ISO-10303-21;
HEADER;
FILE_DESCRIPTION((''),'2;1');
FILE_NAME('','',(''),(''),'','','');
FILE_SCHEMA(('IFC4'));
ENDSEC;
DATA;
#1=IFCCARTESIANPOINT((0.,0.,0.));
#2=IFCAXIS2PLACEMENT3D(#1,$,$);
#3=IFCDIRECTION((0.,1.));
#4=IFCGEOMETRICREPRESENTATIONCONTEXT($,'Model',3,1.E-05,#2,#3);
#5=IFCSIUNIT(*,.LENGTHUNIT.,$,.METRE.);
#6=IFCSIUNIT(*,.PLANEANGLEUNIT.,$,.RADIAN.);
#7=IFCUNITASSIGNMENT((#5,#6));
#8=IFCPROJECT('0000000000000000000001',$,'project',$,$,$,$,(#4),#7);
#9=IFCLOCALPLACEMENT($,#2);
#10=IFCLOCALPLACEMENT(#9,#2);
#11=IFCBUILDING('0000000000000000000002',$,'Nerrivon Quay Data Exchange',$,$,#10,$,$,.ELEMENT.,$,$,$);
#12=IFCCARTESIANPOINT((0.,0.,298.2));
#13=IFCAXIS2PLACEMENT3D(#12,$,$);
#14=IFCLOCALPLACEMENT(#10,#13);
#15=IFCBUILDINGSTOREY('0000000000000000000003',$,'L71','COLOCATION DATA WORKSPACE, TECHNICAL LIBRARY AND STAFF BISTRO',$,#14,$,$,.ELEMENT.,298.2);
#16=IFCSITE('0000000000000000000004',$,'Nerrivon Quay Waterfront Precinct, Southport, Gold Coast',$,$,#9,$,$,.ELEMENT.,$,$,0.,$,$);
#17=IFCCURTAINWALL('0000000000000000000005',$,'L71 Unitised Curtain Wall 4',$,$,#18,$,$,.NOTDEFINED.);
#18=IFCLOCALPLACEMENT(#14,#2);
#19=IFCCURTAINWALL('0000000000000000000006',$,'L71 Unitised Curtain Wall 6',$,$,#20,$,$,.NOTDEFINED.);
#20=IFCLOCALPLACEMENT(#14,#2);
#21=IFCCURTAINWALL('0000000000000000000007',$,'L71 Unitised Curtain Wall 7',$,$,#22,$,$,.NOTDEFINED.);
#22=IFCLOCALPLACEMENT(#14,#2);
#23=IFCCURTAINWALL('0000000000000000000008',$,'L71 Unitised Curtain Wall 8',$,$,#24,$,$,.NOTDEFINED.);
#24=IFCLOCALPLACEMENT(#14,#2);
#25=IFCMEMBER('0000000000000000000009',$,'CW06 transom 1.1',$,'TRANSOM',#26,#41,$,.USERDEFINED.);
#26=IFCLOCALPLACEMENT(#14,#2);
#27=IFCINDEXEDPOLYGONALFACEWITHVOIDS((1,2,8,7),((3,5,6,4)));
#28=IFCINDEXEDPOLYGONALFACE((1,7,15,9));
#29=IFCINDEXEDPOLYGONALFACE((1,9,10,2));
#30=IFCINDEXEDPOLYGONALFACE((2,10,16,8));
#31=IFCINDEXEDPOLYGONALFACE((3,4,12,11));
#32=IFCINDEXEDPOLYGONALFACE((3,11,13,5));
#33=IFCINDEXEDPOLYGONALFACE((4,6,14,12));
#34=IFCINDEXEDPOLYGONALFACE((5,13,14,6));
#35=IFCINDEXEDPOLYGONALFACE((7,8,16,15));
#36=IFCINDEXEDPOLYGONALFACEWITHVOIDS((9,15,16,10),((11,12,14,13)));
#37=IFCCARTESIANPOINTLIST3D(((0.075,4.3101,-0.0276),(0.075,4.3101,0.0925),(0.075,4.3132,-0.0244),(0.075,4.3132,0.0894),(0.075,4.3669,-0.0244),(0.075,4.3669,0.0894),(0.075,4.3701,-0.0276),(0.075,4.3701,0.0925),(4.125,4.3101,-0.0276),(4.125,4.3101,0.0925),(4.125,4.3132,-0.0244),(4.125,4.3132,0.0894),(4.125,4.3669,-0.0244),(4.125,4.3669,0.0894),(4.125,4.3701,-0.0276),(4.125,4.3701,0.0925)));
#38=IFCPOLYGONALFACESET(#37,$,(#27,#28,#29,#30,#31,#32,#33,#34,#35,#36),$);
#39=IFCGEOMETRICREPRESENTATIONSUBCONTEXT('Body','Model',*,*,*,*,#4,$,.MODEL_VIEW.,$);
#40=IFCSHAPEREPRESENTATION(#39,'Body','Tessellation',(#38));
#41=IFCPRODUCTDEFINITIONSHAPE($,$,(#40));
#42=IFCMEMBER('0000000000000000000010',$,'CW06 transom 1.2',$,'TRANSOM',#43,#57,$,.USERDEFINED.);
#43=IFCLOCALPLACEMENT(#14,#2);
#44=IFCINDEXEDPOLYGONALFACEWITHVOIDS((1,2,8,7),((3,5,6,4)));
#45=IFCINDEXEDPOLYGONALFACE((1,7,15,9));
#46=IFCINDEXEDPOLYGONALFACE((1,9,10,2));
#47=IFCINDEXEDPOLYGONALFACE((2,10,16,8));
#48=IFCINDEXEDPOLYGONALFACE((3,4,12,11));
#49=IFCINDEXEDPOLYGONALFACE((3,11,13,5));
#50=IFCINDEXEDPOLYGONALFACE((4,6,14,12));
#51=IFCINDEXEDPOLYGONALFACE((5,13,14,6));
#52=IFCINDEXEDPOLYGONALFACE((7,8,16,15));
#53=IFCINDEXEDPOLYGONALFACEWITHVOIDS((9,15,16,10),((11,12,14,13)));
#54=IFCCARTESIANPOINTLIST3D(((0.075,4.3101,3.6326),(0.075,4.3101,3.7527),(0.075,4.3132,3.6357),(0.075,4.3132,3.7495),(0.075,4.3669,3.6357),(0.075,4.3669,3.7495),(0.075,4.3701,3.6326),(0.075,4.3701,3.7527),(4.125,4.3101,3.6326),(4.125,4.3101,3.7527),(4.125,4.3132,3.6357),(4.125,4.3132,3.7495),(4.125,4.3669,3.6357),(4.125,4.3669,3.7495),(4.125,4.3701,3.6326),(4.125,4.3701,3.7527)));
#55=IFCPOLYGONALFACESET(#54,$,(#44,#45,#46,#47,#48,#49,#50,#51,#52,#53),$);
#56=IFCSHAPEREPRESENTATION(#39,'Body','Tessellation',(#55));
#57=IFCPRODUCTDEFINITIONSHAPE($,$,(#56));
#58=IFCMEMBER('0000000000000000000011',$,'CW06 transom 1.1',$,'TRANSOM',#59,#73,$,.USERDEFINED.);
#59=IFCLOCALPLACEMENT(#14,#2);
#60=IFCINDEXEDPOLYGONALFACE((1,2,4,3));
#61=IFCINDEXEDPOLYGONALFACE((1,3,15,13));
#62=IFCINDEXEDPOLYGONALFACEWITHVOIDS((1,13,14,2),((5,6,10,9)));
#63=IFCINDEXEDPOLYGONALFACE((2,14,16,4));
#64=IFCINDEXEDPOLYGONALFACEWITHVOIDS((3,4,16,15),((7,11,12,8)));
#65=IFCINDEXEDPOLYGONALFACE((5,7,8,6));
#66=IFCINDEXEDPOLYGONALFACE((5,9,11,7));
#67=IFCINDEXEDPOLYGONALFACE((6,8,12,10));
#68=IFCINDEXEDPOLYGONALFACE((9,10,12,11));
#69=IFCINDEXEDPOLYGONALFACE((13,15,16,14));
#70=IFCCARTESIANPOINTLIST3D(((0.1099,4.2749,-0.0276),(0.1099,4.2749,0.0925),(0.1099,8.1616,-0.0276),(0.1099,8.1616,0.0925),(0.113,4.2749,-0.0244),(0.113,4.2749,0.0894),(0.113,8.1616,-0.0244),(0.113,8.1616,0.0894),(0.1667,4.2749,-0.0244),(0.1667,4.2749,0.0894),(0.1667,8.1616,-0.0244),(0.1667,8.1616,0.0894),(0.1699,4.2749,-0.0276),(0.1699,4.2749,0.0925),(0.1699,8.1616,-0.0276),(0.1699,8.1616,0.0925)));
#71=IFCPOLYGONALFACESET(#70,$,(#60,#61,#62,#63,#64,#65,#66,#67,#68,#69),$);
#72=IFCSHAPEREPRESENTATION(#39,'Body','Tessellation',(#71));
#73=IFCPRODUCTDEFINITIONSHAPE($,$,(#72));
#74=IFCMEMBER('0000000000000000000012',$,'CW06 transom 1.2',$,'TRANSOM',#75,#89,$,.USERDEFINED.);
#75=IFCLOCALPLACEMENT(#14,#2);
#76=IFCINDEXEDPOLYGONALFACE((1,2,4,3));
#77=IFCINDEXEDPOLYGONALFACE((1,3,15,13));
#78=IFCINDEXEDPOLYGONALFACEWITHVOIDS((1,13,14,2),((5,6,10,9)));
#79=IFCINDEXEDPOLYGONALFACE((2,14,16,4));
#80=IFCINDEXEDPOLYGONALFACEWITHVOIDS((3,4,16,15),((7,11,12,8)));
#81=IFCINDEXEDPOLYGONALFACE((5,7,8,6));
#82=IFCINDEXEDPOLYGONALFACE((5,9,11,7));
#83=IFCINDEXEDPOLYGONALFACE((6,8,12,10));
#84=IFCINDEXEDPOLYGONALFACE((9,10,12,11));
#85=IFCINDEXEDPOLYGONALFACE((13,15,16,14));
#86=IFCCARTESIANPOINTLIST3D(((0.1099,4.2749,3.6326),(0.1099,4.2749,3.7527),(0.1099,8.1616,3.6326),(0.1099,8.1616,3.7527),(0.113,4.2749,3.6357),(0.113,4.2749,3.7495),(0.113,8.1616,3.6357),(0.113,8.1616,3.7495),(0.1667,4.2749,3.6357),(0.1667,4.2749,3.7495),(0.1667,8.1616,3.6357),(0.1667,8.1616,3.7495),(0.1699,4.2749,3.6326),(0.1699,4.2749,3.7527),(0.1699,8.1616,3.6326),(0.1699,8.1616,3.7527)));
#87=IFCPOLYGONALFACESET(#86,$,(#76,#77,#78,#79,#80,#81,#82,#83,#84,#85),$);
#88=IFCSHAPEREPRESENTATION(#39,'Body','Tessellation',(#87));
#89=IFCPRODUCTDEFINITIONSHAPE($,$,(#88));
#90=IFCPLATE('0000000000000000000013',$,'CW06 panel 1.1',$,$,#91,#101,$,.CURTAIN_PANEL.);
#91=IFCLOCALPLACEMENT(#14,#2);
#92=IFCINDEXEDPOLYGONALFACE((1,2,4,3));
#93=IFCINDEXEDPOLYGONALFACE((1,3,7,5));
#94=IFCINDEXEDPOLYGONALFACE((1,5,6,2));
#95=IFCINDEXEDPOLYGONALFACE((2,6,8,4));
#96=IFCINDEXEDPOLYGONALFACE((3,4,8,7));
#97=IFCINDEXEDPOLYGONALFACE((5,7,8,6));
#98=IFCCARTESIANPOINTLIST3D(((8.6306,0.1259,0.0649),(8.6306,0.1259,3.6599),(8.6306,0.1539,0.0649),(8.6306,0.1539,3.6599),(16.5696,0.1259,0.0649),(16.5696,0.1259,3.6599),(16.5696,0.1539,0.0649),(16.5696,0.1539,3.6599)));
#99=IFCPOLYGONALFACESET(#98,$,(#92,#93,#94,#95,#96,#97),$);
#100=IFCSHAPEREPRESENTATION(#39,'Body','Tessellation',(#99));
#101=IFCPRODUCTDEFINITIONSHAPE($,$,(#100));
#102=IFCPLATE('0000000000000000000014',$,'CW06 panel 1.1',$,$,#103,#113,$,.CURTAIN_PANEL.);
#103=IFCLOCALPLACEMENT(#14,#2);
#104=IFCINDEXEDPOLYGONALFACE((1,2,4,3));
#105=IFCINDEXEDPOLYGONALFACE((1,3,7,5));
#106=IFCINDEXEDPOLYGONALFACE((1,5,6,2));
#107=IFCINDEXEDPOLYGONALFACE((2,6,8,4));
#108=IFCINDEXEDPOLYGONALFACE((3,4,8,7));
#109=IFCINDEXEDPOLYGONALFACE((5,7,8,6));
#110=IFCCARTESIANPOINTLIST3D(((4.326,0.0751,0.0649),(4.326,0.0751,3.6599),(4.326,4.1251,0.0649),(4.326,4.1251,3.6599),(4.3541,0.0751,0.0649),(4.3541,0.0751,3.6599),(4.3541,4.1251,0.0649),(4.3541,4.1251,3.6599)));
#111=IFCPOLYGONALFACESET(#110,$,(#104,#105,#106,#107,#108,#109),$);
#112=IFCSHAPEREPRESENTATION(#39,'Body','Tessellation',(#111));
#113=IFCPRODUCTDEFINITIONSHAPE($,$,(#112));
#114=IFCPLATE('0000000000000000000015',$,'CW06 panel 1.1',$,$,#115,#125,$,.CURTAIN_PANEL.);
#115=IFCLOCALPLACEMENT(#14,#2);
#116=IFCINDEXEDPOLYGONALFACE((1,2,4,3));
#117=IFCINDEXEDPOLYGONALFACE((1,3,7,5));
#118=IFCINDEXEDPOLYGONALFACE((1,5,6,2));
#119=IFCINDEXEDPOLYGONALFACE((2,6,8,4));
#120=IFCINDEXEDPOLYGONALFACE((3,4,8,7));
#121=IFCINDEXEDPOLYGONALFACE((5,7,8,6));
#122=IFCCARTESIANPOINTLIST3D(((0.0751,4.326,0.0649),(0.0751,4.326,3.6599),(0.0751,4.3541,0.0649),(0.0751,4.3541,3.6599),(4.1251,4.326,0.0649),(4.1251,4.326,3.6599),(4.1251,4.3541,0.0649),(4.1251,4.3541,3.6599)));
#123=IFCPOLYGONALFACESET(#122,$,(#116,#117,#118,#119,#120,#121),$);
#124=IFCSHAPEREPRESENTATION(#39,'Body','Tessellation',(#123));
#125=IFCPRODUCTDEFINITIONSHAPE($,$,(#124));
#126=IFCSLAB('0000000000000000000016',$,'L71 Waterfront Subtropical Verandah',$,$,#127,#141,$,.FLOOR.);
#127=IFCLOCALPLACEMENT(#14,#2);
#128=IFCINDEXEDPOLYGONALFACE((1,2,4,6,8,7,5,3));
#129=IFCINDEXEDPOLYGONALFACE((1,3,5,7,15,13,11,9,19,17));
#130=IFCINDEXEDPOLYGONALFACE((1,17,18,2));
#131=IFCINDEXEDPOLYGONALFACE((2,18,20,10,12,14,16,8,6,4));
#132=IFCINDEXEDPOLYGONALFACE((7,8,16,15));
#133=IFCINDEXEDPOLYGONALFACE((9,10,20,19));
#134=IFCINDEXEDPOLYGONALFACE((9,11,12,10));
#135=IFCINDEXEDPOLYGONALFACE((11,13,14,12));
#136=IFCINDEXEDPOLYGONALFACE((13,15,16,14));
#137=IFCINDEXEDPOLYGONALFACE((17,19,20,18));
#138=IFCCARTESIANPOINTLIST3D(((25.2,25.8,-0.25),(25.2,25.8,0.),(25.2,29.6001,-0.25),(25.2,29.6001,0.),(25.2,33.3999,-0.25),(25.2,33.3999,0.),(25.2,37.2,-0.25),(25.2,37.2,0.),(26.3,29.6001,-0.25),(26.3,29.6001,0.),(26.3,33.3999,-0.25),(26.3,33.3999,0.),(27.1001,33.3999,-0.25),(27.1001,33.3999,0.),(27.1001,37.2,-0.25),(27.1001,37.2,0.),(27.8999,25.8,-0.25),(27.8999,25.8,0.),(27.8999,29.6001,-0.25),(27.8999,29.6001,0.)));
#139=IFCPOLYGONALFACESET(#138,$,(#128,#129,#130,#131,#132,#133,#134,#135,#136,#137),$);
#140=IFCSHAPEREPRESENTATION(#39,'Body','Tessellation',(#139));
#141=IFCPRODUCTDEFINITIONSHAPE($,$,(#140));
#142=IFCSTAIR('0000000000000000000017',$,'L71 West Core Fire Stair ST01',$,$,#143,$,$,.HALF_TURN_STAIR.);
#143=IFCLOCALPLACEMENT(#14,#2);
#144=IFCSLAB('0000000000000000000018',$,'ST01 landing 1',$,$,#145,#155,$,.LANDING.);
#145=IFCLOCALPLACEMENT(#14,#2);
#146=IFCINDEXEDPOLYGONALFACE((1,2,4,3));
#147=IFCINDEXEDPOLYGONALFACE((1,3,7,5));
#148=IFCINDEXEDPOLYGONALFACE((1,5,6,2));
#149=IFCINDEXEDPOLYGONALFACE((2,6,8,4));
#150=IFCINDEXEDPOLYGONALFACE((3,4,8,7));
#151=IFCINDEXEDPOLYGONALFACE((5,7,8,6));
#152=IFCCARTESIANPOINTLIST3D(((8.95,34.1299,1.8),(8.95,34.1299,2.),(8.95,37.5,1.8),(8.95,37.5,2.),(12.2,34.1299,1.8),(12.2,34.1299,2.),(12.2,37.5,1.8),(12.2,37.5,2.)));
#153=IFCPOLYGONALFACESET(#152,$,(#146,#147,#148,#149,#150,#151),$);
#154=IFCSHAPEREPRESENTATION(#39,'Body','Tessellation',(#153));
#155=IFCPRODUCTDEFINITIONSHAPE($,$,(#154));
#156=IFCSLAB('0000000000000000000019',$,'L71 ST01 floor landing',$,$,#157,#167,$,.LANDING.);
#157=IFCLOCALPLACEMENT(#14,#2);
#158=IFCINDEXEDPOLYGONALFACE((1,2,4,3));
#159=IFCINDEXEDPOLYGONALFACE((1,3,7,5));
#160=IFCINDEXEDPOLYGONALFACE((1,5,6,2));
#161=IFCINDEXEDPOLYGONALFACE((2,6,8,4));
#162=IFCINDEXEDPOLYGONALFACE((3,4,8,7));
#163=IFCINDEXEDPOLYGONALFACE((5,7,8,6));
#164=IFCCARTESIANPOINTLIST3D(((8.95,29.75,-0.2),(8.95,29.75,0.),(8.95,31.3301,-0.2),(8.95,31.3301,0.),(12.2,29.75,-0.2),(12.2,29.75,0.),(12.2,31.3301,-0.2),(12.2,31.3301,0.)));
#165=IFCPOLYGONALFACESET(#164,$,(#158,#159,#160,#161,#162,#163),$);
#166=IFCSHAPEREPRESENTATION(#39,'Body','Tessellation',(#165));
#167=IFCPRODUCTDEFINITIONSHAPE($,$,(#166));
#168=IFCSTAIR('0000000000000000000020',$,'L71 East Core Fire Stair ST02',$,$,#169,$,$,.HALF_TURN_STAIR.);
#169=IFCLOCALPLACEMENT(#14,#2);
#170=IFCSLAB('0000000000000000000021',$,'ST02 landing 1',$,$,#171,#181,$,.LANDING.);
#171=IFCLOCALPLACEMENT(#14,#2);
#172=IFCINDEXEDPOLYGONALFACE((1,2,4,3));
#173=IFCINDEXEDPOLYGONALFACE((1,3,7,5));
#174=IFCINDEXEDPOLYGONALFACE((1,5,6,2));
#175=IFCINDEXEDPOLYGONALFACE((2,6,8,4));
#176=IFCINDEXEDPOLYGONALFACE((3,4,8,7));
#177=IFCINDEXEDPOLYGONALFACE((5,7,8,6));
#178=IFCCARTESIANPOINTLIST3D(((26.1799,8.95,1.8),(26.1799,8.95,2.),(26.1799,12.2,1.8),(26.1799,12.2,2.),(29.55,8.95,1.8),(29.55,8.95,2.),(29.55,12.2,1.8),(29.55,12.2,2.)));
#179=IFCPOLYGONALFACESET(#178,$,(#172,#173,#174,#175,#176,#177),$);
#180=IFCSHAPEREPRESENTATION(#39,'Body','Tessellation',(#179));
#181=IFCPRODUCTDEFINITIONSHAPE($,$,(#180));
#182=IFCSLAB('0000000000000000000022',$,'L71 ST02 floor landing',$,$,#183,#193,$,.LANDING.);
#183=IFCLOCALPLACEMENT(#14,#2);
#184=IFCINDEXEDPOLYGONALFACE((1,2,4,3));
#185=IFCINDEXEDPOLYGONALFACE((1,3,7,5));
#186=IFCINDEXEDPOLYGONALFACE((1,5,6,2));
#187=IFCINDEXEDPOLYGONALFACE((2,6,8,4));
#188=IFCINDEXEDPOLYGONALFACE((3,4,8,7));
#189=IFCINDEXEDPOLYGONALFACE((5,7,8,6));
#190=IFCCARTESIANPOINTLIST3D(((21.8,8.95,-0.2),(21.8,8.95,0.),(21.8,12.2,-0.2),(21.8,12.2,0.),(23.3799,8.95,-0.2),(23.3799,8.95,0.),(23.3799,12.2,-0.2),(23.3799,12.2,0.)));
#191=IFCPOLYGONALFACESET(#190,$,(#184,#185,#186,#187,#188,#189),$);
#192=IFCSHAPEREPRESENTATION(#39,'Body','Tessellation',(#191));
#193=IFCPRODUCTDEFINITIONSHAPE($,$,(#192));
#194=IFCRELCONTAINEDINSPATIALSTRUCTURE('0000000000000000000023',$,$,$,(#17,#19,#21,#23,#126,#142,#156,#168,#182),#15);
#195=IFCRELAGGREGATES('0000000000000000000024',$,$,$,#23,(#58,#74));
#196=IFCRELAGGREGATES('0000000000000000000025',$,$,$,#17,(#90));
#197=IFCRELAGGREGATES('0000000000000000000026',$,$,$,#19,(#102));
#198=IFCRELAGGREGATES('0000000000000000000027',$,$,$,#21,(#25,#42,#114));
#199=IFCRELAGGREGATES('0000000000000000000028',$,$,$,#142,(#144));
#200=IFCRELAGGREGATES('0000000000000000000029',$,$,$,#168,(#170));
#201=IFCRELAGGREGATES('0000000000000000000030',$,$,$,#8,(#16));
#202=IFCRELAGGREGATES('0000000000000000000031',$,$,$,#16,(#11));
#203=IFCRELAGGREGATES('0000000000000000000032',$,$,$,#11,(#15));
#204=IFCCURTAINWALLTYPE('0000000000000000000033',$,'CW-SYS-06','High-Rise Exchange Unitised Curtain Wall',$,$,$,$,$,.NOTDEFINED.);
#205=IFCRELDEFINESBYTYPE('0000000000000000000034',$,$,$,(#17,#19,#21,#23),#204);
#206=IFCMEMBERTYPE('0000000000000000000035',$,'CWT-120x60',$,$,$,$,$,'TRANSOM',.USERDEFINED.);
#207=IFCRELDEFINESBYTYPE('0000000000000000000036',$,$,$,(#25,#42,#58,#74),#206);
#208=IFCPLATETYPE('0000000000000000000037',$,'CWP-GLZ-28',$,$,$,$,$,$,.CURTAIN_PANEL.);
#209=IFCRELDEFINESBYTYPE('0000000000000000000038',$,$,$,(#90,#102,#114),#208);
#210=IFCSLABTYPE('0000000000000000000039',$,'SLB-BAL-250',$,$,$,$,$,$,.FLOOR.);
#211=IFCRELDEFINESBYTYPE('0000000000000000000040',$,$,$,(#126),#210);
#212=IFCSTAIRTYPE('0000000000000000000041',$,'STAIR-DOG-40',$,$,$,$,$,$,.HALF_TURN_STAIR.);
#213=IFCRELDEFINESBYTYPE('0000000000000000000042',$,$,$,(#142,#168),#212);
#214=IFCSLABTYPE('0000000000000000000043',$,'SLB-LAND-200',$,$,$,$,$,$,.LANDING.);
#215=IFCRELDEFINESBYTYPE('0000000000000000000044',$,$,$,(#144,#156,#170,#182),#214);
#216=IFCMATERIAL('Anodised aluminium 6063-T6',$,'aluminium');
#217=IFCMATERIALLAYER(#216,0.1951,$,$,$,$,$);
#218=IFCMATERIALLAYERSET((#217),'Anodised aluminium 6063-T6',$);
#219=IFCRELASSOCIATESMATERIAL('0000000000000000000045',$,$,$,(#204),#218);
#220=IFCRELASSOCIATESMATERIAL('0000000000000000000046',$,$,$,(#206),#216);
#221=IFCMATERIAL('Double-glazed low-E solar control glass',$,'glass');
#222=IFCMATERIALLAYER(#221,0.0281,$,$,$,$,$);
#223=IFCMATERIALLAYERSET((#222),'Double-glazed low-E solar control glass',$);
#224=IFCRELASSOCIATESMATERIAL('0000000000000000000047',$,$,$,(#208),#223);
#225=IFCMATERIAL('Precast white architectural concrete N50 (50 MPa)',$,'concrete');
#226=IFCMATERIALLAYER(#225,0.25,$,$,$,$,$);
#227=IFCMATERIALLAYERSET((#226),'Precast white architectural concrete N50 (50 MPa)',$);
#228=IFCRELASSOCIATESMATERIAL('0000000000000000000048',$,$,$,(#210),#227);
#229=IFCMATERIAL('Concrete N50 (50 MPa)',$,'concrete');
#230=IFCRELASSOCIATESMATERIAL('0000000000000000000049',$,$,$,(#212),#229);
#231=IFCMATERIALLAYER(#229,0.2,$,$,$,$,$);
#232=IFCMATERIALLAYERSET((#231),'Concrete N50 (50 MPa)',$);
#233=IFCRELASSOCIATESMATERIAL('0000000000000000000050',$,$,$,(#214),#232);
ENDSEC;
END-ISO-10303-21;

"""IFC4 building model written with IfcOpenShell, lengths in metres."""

from ifc_helpers import new_model, si_unit, direction, frame, origin, origin_2d, place, context, subcontext, project, spatial, polyline, rectangle, hollow_rectangle, outline, extrude, material, layer, layer_set, material_profile, profile_set, type_object, element, aggregate, save


model = new_model("IFC4")

# Units and contexts
model_context = context("Model", 3, precision=1e-05, world=origin(), true_north=direction((0.0, 1.0)))
body_context = subcontext(model_context, "Body", "Model", "MODEL_VIEW")
ifc_project = project(units=[si_unit("LENGTHUNIT", "METRE"), si_unit("PLANEANGLEUNIT", "RADIAN")], contexts=[model_context])

# Site, building, storey
site_placement = place(None, origin())
site = spatial("IfcSite", under=ifc_project, at=site_placement, Name="Nerrivon Quay Waterfront Precinct, Southport, Gold Coast", CompositionType="ELEMENT", RefElevation=0.0)
building_placement = place(site_placement, origin())
building = spatial("IfcBuilding", under=site, at=building_placement, Name="Nerrivon Quay Data Exchange", CompositionType="ELEMENT")
storey_placement = place(building_placement, frame((0.0, 0.0, 298.2)))
storey = spatial("IfcBuildingStorey", under=building, at=storey_placement, Name="L71", Description="COLOCATION DATA WORKSPACE, TECHNICAL LIBRARY AND STAFF BISTRO", CompositionType="ELEMENT", Elevation=298.2)

# Curtain walls
ifc_material_1 = material(Name="Anodised aluminium 6063-T6", Category="aluminium")
ifc_layer_1 = layer(ifc_material_1, 0.1951)
ifc_layer_set_1 = layer_set([ifc_layer_1], Name="Anodised aluminium 6063-T6")
curtain_wall_type = type_object("IfcCurtainWallType", Name="CW-SYS-06", Description="High-Rise Exchange Unitised Curtain Wall", PredefinedType="NOTDEFINED", material=ifc_layer_set_1)
curtain_wall_1_placement = place(storey_placement, origin())
curtain_wall_1 = element("IfcCurtainWall", 1, at=curtain_wall_1_placement, inside=storey, type_object=curtain_wall_type, Name="L71 Unitised Curtain Wall 4", PredefinedType="NOTDEFINED")
curtain_wall_2_placement = place(storey_placement, origin())
curtain_wall_2 = element("IfcCurtainWall", 2, at=curtain_wall_2_placement, inside=storey, type_object=curtain_wall_type, Name="L71 Unitised Curtain Wall 6", PredefinedType="NOTDEFINED")
curtain_wall_3_placement = place(storey_placement, origin())
curtain_wall_3 = element("IfcCurtainWall", 3, at=curtain_wall_3_placement, inside=storey, type_object=curtain_wall_type, Name="L71 Unitised Curtain Wall 7", PredefinedType="NOTDEFINED")

# Curtain wall
curtain_wall_4_placement = place(storey_placement, origin())
curtain_wall_4 = element("IfcCurtainWall", 4, at=curtain_wall_4_placement, inside=storey, type_object=curtain_wall_type, Name="L71 Unitised Curtain Wall 8", PredefinedType="NOTDEFINED")

# Members
ifc_material_profile_1 = material_profile(ifc_material_1, hollow_rectangle(XDim=0.0601, YDim=0.1201, WallThickness=0.0032, at=origin_2d()), Name="ALU-TRAN-120x60")
ifc_profile_set_1 = profile_set([ifc_material_profile_1], Name="Anodised aluminium 6063-T6")
member_type_1 = type_object("IfcMemberType", Name="CWT-120x60", ElementType="TRANSOM", PredefinedType="USERDEFINED", material=ifc_profile_set_1)
member_1_placement = place(storey_placement, frame((4.125, 4.3401, 0.0325), z_axis=(-1.0, 0.0, 0.0), x_axis=(0.0, -1.0, 0.0)))
member_1 = element("IfcMember", 5, at=member_1_placement, type_object=member_type_1, Name="CW06 transom 1.1", ObjectType="TRANSOM", PredefinedType="USERDEFINED", context=body_context, shape_type="SweptSolid", body=[
    extrude(hollow_rectangle(XDim=0.0601, YDim=0.1201, WallThickness=0.0032, at=origin_2d()), origin(), (0.0, 0.0, 1.0), 4.05),
])
member_2_placement = place(storey_placement, frame((4.125, 4.3401, 3.6926), z_axis=(-1.0, 0.0, 0.0), x_axis=(0.0, -1.0, 0.0)))
member_2 = element("IfcMember", 6, at=member_2_placement, type_object=member_type_1, Name="CW06 transom 1.2", ObjectType="TRANSOM", PredefinedType="USERDEFINED", context=body_context, shape_type="SweptSolid", body=[
    extrude(hollow_rectangle(XDim=0.0601, YDim=0.1201, WallThickness=0.0032, at=origin_2d()), origin(), (0.0, 0.0, 1.0), 4.05),
])
member_3_placement = place(storey_placement, frame((0.1399, 4.2749, 0.0325), z_axis=(0.0, 1.0, 0.0), x_axis=(-1.0, 0.0, 0.0)))
member_3 = element("IfcMember", 7, at=member_3_placement, type_object=member_type_1, Name="CW06 transom 1.1", ObjectType="TRANSOM", PredefinedType="USERDEFINED", context=body_context, shape_type="SweptSolid", body=[
    extrude(hollow_rectangle(XDim=0.0601, YDim=0.1201, WallThickness=0.0032, at=origin_2d()), origin(), (0.0, 0.0, 1.0), 3.8867),
])
member_4_placement = place(storey_placement, frame((0.1399, 4.2749, 3.6926), z_axis=(0.0, 1.0, 0.0), x_axis=(-1.0, 0.0, 0.0)))
member_4 = element("IfcMember", 8, at=member_4_placement, type_object=member_type_1, Name="CW06 transom 1.2", ObjectType="TRANSOM", PredefinedType="USERDEFINED", context=body_context, shape_type="SweptSolid", body=[
    extrude(hollow_rectangle(XDim=0.0601, YDim=0.1201, WallThickness=0.0032, at=origin_2d()), origin(), (0.0, 0.0, 1.0), 3.8867),
])
aggregate(curtain_wall_4, [member_3, member_4])

# Plates
ifc_material_2 = material(Name="Double-glazed low-E solar control glass", Category="glass")
ifc_layer_2 = layer(ifc_material_2, 0.0281)
ifc_layer_set_2 = layer_set([ifc_layer_2], Name="Double-glazed low-E solar control glass")
plate_type = type_object("IfcPlateType", Name="CWP-GLZ-28", PredefinedType="CURTAIN_PANEL", material=ifc_layer_set_2)
plate_1_placement = place(storey_placement, frame((12.6001, 0.1399, 0.0649), z_axis=(0.0, 0.0, 1.0), x_axis=(-1.0, 0.0, 0.0)))
plate_1 = element("IfcPlate", 9, at=plate_1_placement, type_object=plate_type, Name="CW06 panel 1.1", PredefinedType="CURTAIN_PANEL", context=body_context, shape_type="SweptSolid", body=[
    extrude(rectangle(XDim=7.939, YDim=0.0281, at=origin_2d()), origin(), (0.0, 0.0, 1.0), 3.595),
])
aggregate(curtain_wall_1, [plate_1])
plate_2_placement = place(storey_placement, frame((4.3401, 2.1001, 0.0649), z_axis=(0.0, 0.0, 1.0), x_axis=(0.0, 1.0, 0.0)))
plate_2 = element("IfcPlate", 10, at=plate_2_placement, type_object=plate_type, Name="CW06 panel 1.1", PredefinedType="CURTAIN_PANEL", context=body_context, shape_type="SweptSolid", body=[
    extrude(rectangle(XDim=4.05, YDim=0.0281, at=origin_2d()), origin(), (0.0, 0.0, 1.0), 3.595),
])
aggregate(curtain_wall_2, [plate_2])
plate_3_placement = place(storey_placement, frame((2.1001, 4.3401, 0.0649), z_axis=(0.0, 0.0, 1.0), x_axis=(-1.0, 0.0, 0.0)))
plate_3 = element("IfcPlate", 11, at=plate_3_placement, type_object=plate_type, Name="CW06 panel 1.1", PredefinedType="CURTAIN_PANEL", context=body_context, shape_type="SweptSolid", body=[
    extrude(rectangle(XDim=4.05, YDim=0.0281, at=origin_2d()), origin(), (0.0, 0.0, 1.0), 3.595),
])
aggregate(curtain_wall_3, [member_1, member_2, plate_3])

# Slab
ifc_material_3 = material(Name="Precast white architectural concrete N50 (50 MPa)", Category="concrete")
ifc_layer_3 = layer(ifc_material_3, 0.25)
ifc_layer_set_3 = layer_set([ifc_layer_3], Name="Precast white architectural concrete N50 (50 MPa)")
slab_type_1 = type_object("IfcSlabType", Name="SLB-BAL-250", PredefinedType="FLOOR", material=ifc_layer_set_3)
slab_1_placement = place(storey_placement, frame((0.0, 0.0, -0.25)))
element("IfcSlab", 12, at=slab_1_placement, inside=storey, type_object=slab_type_1, Name="L71 Waterfront Subtropical Verandah", PredefinedType="FLOOR", context=body_context, shape_type="SweptSolid", body=[
    extrude(outline(polyline([(26.3, 29.6001), (26.3, 33.3999), (27.1001, 33.3999), (27.1001, 37.2), (25.2, 37.2), (25.2, 33.3999), (25.2, 29.6001), (25.2, 25.8), (27.8999, 25.8), (27.8999, 29.6001), (26.3, 29.6001)])), origin(), (0.0, 0.0, 1.0), 0.25),
])

# Stair, slab
ifc_material_4 = material(Name="Concrete N50 (50 MPa)", Category="concrete")
stair_type = type_object("IfcStairType", Name="STAIR-DOG-40", PredefinedType="HALF_TURN_STAIR", material=ifc_material_4)
stair_1_placement = place(storey_placement, origin())
stair_1 = element("IfcStair", 13, at=stair_1_placement, inside=storey, type_object=stair_type, Name="L71 West Core Fire Stair ST01", PredefinedType="HALF_TURN_STAIR")
ifc_layer_4 = layer(ifc_material_4, 0.2)
ifc_layer_set_4 = layer_set([ifc_layer_4], Name="Concrete N50 (50 MPa)")
slab_type_2 = type_object("IfcSlabType", Name="SLB-LAND-200", PredefinedType="LANDING", material=ifc_layer_set_4)
slab_2_placement = place(storey_placement, frame((0.0, 0.0, 1.8)))
slab_2 = element("IfcSlab", 14, at=slab_2_placement, type_object=slab_type_2, Name="ST01 landing 1", PredefinedType="LANDING", context=body_context, shape_type="SweptSolid", body=[
    extrude(outline(polyline([(12.2, 34.1299), (12.2, 37.5), (8.95, 37.5), (8.95, 34.1299), (12.2, 34.1299)])), origin(), (0.0, 0.0, 1.0), 0.2),
])
aggregate(stair_1, [slab_2])

# Slab
slab_3_placement = place(storey_placement, frame((0.0, 0.0, -0.2)))
element("IfcSlab", 15, at=slab_3_placement, inside=storey, type_object=slab_type_2, Name="L71 ST01 floor landing", PredefinedType="LANDING", context=body_context, shape_type="SweptSolid", body=[
    extrude(outline(polyline([(12.2, 29.75), (12.2, 31.3301), (8.95, 31.3301), (8.95, 29.75), (12.2, 29.75)])), origin(), (0.0, 0.0, 1.0), 0.2),
])

# Stair, slab
stair_2_placement = place(storey_placement, origin())
stair_2 = element("IfcStair", 16, at=stair_2_placement, inside=storey, type_object=stair_type, Name="L71 East Core Fire Stair ST02", PredefinedType="HALF_TURN_STAIR")
slab_4_placement = place(storey_placement, frame((0.0, 0.0, 1.8)))
slab_4 = element("IfcSlab", 17, at=slab_4_placement, type_object=slab_type_2, Name="ST02 landing 1", PredefinedType="LANDING", context=body_context, shape_type="SweptSolid", body=[
    extrude(outline(polyline([(26.1799, 8.95), (29.55, 8.95), (29.55, 12.2), (26.1799, 12.2), (26.1799, 8.95)])), origin(), (0.0, 0.0, 1.0), 0.2),
])
aggregate(stair_2, [slab_4])

# Slab
slab_5_placement = place(storey_placement, frame((0.0, 0.0, -0.2)))
element("IfcSlab", 18, at=slab_5_placement, inside=storey, type_object=slab_type_2, Name="L71 ST02 floor landing", PredefinedType="LANDING", context=body_context, shape_type="SweptSolid", body=[
    extrude(outline(polyline([(21.8, 8.95), (23.3799, 8.95), (23.3799, 12.2), (21.8, 12.2), (21.8, 8.95)])), origin(), (0.0, 0.0, 1.0), 0.2),
])

save(model, "model.ifc")
